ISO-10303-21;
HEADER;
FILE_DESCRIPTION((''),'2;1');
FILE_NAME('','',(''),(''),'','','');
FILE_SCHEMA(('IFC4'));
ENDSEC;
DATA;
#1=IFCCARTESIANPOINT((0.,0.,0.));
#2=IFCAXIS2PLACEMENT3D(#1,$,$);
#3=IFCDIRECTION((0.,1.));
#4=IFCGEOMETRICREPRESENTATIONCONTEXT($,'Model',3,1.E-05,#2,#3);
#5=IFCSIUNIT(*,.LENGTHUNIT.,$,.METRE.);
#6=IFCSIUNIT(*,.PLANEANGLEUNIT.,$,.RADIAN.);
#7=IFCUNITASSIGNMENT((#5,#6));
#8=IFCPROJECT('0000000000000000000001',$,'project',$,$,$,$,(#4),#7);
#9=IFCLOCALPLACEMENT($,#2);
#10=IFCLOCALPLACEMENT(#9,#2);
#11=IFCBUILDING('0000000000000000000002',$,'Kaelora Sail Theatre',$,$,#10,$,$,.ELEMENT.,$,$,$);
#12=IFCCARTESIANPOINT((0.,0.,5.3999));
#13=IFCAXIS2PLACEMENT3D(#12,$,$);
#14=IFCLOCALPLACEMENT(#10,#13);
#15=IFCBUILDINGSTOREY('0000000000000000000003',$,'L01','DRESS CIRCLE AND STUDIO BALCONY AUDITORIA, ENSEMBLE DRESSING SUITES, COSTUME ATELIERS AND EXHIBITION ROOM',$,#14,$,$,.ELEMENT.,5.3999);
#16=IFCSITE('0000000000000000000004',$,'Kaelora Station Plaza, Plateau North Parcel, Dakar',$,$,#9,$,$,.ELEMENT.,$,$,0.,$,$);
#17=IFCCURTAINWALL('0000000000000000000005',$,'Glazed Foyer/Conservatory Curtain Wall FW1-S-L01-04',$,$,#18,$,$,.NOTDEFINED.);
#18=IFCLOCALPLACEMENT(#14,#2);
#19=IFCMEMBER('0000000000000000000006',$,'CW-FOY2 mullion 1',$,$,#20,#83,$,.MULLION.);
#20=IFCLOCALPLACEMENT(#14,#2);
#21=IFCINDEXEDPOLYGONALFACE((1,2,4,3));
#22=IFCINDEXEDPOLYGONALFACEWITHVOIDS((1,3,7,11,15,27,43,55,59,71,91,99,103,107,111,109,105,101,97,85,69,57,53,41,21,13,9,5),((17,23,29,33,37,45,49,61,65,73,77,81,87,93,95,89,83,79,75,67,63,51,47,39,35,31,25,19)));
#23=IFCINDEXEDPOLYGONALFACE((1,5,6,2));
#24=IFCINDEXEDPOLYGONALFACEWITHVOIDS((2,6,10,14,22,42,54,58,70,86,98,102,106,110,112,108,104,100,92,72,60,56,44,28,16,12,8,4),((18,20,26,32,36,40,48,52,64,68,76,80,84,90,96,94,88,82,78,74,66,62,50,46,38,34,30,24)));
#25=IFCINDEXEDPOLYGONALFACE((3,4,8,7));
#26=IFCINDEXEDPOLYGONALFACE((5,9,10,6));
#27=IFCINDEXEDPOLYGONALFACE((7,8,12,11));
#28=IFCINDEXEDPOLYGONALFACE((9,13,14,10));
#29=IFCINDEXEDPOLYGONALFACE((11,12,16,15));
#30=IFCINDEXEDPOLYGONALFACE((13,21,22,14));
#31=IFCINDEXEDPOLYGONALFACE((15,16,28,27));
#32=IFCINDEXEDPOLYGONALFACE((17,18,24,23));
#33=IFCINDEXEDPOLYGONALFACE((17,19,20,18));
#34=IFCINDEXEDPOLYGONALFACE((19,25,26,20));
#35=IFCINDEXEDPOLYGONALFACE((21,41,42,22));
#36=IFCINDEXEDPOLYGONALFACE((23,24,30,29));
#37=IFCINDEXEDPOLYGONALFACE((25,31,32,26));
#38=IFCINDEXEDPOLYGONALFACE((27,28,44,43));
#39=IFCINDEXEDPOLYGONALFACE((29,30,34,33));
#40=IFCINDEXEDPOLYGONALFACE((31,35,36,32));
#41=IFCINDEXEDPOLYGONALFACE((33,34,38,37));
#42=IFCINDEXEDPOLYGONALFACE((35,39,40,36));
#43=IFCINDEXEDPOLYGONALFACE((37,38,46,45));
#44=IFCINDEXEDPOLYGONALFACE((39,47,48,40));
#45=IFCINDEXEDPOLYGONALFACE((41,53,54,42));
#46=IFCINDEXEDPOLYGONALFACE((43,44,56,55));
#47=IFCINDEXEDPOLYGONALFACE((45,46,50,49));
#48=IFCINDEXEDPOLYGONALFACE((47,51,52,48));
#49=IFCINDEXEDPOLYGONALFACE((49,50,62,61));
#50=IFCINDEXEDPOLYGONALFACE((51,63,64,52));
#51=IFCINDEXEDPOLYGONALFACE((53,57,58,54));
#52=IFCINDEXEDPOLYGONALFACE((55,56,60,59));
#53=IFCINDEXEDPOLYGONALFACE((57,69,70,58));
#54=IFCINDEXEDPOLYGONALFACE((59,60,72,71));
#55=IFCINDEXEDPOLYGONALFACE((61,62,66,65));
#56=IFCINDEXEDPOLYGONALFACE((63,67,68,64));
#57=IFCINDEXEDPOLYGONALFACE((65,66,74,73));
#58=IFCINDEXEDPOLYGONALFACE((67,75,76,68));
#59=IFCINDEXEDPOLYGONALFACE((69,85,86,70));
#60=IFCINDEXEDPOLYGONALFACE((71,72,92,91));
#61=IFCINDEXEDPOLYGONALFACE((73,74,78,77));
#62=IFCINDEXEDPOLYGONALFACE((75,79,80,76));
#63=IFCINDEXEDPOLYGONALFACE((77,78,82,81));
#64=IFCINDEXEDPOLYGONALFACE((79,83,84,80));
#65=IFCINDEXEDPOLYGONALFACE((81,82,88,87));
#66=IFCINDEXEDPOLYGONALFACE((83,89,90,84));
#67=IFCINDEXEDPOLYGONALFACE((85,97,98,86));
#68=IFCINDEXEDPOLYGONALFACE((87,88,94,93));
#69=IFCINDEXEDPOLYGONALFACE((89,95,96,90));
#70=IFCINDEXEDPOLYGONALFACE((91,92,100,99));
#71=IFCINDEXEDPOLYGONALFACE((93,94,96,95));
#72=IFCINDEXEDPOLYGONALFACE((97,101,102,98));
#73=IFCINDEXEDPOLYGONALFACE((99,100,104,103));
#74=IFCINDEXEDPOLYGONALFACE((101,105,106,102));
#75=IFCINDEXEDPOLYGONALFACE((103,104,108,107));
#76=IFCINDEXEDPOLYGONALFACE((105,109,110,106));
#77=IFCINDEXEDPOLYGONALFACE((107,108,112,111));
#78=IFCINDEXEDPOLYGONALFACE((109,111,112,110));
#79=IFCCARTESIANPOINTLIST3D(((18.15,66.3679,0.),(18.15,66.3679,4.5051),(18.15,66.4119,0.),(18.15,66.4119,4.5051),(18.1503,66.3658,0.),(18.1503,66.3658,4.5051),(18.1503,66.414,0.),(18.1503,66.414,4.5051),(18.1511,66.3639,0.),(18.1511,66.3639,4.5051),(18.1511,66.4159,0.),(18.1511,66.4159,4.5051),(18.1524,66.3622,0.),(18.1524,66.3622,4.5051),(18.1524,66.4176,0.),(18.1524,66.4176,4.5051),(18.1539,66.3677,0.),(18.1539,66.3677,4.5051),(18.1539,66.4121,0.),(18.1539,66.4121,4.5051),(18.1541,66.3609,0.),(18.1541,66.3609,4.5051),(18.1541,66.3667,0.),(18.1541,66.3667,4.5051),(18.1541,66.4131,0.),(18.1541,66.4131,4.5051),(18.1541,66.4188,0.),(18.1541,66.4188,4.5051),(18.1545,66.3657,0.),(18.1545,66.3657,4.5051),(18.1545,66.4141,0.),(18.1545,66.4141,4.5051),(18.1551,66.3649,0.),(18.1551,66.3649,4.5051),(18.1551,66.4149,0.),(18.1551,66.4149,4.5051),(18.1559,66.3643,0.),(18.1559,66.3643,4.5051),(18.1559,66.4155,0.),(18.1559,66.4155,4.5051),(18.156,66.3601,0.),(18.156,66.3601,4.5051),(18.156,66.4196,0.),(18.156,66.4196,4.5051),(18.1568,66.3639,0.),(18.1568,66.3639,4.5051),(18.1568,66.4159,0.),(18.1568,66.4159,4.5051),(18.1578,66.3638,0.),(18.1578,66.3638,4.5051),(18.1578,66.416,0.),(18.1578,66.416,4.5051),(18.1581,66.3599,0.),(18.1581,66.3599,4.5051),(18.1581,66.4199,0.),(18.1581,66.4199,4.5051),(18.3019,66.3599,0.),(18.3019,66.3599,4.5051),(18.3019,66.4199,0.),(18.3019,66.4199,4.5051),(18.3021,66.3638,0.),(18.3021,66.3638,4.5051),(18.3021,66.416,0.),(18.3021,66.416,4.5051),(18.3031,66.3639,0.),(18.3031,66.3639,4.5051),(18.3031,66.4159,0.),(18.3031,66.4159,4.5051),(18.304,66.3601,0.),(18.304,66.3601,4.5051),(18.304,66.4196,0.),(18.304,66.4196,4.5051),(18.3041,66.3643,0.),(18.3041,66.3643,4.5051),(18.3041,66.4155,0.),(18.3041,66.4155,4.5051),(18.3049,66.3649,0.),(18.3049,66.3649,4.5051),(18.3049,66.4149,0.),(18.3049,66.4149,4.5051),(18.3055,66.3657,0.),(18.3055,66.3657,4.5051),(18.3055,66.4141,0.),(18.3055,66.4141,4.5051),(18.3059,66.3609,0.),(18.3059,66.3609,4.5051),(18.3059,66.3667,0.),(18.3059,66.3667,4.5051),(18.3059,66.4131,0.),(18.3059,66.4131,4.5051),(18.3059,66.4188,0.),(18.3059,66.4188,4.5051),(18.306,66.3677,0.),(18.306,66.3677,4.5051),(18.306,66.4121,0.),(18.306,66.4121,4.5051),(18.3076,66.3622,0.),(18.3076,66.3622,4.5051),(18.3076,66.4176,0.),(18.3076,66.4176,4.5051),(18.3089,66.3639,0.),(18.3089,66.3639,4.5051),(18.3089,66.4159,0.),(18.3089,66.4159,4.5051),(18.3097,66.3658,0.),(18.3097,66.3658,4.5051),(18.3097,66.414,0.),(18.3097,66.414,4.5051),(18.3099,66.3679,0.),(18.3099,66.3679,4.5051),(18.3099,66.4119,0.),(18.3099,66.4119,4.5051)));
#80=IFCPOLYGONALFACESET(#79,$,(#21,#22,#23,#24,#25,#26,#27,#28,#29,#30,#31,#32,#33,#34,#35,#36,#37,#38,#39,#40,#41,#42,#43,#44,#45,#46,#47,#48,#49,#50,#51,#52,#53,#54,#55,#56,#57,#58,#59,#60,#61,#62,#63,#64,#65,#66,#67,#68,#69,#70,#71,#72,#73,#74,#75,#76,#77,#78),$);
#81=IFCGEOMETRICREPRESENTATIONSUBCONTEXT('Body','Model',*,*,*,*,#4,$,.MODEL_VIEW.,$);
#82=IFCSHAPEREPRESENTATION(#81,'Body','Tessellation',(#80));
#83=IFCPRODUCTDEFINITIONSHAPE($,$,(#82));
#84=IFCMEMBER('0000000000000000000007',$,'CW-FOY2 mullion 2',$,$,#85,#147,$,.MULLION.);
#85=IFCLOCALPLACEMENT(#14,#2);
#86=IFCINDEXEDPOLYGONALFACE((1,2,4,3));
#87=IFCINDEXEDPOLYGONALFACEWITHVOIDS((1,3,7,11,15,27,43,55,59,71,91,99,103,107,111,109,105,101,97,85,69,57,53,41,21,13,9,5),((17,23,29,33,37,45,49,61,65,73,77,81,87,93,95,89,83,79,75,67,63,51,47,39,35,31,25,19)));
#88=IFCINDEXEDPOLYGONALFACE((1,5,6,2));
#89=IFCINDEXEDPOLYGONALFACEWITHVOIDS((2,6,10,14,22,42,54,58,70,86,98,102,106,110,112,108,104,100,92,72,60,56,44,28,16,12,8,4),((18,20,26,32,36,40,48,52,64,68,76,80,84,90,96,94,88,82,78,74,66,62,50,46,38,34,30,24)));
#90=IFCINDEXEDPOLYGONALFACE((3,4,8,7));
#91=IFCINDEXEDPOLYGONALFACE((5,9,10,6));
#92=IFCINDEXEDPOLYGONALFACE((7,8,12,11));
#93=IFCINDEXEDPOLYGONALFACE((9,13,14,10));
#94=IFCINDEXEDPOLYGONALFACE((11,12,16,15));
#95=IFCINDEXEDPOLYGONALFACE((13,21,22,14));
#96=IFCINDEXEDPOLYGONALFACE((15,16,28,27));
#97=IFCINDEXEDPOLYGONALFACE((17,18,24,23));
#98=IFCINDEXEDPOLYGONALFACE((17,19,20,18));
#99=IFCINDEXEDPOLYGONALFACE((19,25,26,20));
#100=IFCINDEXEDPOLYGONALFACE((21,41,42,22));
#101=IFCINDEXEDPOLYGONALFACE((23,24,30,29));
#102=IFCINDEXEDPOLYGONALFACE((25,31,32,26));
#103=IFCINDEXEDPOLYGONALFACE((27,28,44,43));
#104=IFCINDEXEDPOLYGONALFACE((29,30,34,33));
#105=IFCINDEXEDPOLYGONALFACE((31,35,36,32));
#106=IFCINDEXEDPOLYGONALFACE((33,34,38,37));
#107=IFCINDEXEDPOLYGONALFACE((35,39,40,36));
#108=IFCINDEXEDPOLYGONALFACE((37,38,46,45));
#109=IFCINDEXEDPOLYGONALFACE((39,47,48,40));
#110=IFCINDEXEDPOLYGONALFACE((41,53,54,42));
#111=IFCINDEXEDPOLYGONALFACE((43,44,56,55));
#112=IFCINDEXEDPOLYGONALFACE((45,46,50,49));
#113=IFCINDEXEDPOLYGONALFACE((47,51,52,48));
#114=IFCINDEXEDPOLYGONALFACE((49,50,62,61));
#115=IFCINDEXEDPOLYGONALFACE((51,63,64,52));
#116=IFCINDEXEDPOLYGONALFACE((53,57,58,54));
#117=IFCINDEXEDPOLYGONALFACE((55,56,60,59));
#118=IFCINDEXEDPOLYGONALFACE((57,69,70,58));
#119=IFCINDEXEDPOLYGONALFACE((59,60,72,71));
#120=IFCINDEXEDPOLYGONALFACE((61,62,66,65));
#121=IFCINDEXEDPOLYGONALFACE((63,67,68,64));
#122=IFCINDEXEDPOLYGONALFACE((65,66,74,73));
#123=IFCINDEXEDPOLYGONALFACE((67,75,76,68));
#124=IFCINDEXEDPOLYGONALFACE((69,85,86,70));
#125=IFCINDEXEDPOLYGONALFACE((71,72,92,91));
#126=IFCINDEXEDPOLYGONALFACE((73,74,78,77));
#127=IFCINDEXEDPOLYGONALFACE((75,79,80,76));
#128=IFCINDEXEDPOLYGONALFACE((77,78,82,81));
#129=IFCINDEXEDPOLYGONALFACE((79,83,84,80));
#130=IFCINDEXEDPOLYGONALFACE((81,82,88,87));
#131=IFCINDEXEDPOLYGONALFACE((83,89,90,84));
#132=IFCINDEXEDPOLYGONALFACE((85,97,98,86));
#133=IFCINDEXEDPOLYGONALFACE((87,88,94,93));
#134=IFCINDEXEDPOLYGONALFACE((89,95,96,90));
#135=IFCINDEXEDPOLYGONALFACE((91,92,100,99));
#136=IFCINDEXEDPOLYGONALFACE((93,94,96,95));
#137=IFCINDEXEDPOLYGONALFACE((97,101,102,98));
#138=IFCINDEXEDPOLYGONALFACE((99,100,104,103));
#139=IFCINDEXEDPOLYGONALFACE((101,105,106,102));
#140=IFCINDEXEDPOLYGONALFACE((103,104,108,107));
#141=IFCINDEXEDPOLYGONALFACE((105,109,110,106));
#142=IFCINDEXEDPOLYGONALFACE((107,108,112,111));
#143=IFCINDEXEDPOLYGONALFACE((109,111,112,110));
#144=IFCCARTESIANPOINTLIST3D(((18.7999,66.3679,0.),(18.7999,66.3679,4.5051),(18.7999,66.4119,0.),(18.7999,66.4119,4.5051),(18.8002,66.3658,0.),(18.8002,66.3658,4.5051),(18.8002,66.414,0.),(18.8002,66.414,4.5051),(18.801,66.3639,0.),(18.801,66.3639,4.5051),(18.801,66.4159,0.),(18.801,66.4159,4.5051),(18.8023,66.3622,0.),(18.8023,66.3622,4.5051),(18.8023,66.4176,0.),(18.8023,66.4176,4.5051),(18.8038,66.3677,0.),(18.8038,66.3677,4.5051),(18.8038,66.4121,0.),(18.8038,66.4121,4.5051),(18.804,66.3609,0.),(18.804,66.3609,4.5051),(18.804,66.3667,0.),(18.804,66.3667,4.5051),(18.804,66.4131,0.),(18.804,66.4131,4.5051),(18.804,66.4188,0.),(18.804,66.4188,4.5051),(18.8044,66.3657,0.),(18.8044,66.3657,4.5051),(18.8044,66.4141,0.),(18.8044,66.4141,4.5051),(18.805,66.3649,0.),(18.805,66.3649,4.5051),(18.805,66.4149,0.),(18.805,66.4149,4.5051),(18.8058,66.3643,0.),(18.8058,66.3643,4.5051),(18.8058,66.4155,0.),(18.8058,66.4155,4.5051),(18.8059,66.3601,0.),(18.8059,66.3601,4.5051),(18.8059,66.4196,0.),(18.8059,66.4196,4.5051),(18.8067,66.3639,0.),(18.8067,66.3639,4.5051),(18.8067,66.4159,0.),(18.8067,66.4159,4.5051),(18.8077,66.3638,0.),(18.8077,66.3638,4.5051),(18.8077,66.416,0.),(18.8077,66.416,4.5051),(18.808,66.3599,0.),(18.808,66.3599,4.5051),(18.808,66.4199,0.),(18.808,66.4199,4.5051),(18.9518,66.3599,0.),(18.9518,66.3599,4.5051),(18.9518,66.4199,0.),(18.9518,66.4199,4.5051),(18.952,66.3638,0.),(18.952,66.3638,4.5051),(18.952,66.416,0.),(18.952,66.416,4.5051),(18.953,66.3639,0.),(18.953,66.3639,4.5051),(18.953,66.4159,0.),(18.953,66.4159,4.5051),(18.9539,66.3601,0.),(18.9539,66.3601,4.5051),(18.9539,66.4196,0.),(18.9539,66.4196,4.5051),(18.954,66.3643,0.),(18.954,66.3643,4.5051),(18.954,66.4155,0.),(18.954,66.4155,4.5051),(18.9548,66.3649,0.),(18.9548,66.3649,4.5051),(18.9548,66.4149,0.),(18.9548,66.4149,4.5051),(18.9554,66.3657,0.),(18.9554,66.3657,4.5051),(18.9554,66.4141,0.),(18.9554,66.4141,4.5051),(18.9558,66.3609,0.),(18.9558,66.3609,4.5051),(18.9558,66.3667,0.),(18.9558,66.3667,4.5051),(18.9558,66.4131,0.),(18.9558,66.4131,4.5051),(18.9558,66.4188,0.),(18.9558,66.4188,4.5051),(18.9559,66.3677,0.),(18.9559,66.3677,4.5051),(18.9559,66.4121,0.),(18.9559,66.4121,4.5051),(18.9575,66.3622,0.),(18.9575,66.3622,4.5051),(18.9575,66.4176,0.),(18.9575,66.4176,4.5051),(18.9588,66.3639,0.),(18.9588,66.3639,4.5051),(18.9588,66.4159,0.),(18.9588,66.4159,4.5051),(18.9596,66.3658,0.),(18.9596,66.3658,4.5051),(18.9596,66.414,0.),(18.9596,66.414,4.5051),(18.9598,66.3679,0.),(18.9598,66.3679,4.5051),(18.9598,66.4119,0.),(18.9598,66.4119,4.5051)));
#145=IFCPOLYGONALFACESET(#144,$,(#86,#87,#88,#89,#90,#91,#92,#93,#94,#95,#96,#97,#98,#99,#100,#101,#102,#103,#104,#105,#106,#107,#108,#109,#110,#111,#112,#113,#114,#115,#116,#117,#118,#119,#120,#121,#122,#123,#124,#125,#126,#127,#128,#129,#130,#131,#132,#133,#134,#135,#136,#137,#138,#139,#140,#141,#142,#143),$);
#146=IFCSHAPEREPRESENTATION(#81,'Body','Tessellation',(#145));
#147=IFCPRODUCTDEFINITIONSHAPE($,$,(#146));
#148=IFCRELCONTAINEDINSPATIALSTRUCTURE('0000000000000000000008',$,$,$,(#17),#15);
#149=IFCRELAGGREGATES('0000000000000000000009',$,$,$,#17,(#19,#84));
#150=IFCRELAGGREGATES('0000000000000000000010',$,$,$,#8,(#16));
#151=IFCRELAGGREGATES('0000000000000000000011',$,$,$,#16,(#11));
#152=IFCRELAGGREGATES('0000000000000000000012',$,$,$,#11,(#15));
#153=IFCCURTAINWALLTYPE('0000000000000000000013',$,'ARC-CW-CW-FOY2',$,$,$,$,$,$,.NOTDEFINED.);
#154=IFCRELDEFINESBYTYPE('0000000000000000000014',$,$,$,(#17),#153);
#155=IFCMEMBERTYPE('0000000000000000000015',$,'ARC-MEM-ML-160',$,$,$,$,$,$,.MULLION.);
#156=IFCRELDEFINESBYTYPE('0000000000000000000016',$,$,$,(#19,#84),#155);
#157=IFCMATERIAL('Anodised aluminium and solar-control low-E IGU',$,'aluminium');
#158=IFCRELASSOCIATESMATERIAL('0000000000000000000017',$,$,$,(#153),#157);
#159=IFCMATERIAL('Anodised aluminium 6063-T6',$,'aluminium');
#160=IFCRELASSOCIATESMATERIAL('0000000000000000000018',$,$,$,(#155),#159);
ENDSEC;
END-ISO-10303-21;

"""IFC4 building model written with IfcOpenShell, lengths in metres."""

from ifc_helpers import new_model, si_unit, direction, frame, origin, origin_2d, place, context, subcontext, project, spatial, hollow_rectangle, extrude, material, material_profile, profile_set, type_object, element, aggregate, save


model = new_model("IFC4")

# Units and contexts
model_context = context("Model", 3, precision=1e-05, world=origin(), true_north=direction((0.0, 1.0)))
body_context = subcontext(model_context, "Body", "Model", "MODEL_VIEW")
ifc_project = project(units=[si_unit("LENGTHUNIT", "METRE"), si_unit("PLANEANGLEUNIT", "RADIAN")], contexts=[model_context])

# Site, building, storey
site_placement = place(None, origin())
site = spatial("IfcSite", under=ifc_project, at=site_placement, Name="Kaelora Station Plaza, Plateau North Parcel, Dakar", CompositionType="ELEMENT", RefElevation=0.0)
building_placement = place(site_placement, origin())
building = spatial("IfcBuilding", under=site, at=building_placement, Name="Kaelora Sail Theatre", CompositionType="ELEMENT")
storey_placement = place(building_placement, frame((0.0, 0.0, 5.3999)))
storey = spatial("IfcBuildingStorey", under=building, at=storey_placement, Name="L01", Description="DRESS CIRCLE AND STUDIO BALCONY AUDITORIA, ENSEMBLE DRESSING SUITES, COSTUME ATELIERS AND EXHIBITION ROOM", CompositionType="ELEMENT", Elevation=5.3999)

# Curtain wall, members
ifc_material_1 = material(Name="Anodised aluminium and solar-control low-E IGU", Category="aluminium")
curtain_wall_type = type_object("IfcCurtainWallType", Name="ARC-CW-CW-FOY2", PredefinedType="NOTDEFINED", material=ifc_material_1)
ifc_material_2 = material(Name="Anodised aluminium 6063-T6", Category="aluminium")
ifc_material_profile_1 = material_profile(ifc_material_2, hollow_rectangle(XDim=0.0601, YDim=0.1599, WallThickness=0.0039, InnerFilletRadius=0.0039, OuterFilletRadius=0.0081, at=origin_2d()), Name="ALU-MULL 60x160x4")
ifc_profile_set_1 = profile_set([ifc_material_profile_1], Name="Anodised aluminium 6063-T6")
member_type_1 = type_object("IfcMemberType", Name="ARC-MEM-ML-160", PredefinedType="MULLION", material=ifc_profile_set_1)
curtain_wall_1_placement = place(storey_placement, origin())
curtain_wall_1 = element("IfcCurtainWall", 1, at=curtain_wall_1_placement, inside=storey, type_object=curtain_wall_type, Name="Glazed Foyer/Conservatory Curtain Wall FW1-S-L01-04", PredefinedType="NOTDEFINED")
member_1_placement = place(storey_placement, frame((18.23, 66.3899, 0.0), z_axis=(0.0, 0.0, 1.0), x_axis=(0.0, 1.0, 0.0)))
member_1 = element("IfcMember", 2, at=member_1_placement, type_object=member_type_1, Name="CW-FOY2 mullion 1", PredefinedType="MULLION", context=body_context, shape_type="SweptSolid", body=[
    extrude(hollow_rectangle(XDim=0.0601, YDim=0.1599, WallThickness=0.0039, InnerFilletRadius=0.0039, OuterFilletRadius=0.0081, at=origin_2d()), origin(), (0.0, 0.0, 1.0), 4.5051),
])
member_2_placement = place(storey_placement, frame((18.8799, 66.3899, 0.0), z_axis=(0.0, 0.0, 1.0), x_axis=(0.0, 1.0, 0.0)))
member_2 = element("IfcMember", 3, at=member_2_placement, type_object=member_type_1, Name="CW-FOY2 mullion 2", PredefinedType="MULLION", context=body_context, shape_type="SweptSolid", body=[
    extrude(hollow_rectangle(XDim=0.0601, YDim=0.1599, WallThickness=0.0039, InnerFilletRadius=0.0039, OuterFilletRadius=0.0081, at=origin_2d()), origin(), (0.0, 0.0, 1.0), 4.5051),
])

aggregate(curtain_wall_1, [member_1, member_2])

save(model, "model.ifc")
